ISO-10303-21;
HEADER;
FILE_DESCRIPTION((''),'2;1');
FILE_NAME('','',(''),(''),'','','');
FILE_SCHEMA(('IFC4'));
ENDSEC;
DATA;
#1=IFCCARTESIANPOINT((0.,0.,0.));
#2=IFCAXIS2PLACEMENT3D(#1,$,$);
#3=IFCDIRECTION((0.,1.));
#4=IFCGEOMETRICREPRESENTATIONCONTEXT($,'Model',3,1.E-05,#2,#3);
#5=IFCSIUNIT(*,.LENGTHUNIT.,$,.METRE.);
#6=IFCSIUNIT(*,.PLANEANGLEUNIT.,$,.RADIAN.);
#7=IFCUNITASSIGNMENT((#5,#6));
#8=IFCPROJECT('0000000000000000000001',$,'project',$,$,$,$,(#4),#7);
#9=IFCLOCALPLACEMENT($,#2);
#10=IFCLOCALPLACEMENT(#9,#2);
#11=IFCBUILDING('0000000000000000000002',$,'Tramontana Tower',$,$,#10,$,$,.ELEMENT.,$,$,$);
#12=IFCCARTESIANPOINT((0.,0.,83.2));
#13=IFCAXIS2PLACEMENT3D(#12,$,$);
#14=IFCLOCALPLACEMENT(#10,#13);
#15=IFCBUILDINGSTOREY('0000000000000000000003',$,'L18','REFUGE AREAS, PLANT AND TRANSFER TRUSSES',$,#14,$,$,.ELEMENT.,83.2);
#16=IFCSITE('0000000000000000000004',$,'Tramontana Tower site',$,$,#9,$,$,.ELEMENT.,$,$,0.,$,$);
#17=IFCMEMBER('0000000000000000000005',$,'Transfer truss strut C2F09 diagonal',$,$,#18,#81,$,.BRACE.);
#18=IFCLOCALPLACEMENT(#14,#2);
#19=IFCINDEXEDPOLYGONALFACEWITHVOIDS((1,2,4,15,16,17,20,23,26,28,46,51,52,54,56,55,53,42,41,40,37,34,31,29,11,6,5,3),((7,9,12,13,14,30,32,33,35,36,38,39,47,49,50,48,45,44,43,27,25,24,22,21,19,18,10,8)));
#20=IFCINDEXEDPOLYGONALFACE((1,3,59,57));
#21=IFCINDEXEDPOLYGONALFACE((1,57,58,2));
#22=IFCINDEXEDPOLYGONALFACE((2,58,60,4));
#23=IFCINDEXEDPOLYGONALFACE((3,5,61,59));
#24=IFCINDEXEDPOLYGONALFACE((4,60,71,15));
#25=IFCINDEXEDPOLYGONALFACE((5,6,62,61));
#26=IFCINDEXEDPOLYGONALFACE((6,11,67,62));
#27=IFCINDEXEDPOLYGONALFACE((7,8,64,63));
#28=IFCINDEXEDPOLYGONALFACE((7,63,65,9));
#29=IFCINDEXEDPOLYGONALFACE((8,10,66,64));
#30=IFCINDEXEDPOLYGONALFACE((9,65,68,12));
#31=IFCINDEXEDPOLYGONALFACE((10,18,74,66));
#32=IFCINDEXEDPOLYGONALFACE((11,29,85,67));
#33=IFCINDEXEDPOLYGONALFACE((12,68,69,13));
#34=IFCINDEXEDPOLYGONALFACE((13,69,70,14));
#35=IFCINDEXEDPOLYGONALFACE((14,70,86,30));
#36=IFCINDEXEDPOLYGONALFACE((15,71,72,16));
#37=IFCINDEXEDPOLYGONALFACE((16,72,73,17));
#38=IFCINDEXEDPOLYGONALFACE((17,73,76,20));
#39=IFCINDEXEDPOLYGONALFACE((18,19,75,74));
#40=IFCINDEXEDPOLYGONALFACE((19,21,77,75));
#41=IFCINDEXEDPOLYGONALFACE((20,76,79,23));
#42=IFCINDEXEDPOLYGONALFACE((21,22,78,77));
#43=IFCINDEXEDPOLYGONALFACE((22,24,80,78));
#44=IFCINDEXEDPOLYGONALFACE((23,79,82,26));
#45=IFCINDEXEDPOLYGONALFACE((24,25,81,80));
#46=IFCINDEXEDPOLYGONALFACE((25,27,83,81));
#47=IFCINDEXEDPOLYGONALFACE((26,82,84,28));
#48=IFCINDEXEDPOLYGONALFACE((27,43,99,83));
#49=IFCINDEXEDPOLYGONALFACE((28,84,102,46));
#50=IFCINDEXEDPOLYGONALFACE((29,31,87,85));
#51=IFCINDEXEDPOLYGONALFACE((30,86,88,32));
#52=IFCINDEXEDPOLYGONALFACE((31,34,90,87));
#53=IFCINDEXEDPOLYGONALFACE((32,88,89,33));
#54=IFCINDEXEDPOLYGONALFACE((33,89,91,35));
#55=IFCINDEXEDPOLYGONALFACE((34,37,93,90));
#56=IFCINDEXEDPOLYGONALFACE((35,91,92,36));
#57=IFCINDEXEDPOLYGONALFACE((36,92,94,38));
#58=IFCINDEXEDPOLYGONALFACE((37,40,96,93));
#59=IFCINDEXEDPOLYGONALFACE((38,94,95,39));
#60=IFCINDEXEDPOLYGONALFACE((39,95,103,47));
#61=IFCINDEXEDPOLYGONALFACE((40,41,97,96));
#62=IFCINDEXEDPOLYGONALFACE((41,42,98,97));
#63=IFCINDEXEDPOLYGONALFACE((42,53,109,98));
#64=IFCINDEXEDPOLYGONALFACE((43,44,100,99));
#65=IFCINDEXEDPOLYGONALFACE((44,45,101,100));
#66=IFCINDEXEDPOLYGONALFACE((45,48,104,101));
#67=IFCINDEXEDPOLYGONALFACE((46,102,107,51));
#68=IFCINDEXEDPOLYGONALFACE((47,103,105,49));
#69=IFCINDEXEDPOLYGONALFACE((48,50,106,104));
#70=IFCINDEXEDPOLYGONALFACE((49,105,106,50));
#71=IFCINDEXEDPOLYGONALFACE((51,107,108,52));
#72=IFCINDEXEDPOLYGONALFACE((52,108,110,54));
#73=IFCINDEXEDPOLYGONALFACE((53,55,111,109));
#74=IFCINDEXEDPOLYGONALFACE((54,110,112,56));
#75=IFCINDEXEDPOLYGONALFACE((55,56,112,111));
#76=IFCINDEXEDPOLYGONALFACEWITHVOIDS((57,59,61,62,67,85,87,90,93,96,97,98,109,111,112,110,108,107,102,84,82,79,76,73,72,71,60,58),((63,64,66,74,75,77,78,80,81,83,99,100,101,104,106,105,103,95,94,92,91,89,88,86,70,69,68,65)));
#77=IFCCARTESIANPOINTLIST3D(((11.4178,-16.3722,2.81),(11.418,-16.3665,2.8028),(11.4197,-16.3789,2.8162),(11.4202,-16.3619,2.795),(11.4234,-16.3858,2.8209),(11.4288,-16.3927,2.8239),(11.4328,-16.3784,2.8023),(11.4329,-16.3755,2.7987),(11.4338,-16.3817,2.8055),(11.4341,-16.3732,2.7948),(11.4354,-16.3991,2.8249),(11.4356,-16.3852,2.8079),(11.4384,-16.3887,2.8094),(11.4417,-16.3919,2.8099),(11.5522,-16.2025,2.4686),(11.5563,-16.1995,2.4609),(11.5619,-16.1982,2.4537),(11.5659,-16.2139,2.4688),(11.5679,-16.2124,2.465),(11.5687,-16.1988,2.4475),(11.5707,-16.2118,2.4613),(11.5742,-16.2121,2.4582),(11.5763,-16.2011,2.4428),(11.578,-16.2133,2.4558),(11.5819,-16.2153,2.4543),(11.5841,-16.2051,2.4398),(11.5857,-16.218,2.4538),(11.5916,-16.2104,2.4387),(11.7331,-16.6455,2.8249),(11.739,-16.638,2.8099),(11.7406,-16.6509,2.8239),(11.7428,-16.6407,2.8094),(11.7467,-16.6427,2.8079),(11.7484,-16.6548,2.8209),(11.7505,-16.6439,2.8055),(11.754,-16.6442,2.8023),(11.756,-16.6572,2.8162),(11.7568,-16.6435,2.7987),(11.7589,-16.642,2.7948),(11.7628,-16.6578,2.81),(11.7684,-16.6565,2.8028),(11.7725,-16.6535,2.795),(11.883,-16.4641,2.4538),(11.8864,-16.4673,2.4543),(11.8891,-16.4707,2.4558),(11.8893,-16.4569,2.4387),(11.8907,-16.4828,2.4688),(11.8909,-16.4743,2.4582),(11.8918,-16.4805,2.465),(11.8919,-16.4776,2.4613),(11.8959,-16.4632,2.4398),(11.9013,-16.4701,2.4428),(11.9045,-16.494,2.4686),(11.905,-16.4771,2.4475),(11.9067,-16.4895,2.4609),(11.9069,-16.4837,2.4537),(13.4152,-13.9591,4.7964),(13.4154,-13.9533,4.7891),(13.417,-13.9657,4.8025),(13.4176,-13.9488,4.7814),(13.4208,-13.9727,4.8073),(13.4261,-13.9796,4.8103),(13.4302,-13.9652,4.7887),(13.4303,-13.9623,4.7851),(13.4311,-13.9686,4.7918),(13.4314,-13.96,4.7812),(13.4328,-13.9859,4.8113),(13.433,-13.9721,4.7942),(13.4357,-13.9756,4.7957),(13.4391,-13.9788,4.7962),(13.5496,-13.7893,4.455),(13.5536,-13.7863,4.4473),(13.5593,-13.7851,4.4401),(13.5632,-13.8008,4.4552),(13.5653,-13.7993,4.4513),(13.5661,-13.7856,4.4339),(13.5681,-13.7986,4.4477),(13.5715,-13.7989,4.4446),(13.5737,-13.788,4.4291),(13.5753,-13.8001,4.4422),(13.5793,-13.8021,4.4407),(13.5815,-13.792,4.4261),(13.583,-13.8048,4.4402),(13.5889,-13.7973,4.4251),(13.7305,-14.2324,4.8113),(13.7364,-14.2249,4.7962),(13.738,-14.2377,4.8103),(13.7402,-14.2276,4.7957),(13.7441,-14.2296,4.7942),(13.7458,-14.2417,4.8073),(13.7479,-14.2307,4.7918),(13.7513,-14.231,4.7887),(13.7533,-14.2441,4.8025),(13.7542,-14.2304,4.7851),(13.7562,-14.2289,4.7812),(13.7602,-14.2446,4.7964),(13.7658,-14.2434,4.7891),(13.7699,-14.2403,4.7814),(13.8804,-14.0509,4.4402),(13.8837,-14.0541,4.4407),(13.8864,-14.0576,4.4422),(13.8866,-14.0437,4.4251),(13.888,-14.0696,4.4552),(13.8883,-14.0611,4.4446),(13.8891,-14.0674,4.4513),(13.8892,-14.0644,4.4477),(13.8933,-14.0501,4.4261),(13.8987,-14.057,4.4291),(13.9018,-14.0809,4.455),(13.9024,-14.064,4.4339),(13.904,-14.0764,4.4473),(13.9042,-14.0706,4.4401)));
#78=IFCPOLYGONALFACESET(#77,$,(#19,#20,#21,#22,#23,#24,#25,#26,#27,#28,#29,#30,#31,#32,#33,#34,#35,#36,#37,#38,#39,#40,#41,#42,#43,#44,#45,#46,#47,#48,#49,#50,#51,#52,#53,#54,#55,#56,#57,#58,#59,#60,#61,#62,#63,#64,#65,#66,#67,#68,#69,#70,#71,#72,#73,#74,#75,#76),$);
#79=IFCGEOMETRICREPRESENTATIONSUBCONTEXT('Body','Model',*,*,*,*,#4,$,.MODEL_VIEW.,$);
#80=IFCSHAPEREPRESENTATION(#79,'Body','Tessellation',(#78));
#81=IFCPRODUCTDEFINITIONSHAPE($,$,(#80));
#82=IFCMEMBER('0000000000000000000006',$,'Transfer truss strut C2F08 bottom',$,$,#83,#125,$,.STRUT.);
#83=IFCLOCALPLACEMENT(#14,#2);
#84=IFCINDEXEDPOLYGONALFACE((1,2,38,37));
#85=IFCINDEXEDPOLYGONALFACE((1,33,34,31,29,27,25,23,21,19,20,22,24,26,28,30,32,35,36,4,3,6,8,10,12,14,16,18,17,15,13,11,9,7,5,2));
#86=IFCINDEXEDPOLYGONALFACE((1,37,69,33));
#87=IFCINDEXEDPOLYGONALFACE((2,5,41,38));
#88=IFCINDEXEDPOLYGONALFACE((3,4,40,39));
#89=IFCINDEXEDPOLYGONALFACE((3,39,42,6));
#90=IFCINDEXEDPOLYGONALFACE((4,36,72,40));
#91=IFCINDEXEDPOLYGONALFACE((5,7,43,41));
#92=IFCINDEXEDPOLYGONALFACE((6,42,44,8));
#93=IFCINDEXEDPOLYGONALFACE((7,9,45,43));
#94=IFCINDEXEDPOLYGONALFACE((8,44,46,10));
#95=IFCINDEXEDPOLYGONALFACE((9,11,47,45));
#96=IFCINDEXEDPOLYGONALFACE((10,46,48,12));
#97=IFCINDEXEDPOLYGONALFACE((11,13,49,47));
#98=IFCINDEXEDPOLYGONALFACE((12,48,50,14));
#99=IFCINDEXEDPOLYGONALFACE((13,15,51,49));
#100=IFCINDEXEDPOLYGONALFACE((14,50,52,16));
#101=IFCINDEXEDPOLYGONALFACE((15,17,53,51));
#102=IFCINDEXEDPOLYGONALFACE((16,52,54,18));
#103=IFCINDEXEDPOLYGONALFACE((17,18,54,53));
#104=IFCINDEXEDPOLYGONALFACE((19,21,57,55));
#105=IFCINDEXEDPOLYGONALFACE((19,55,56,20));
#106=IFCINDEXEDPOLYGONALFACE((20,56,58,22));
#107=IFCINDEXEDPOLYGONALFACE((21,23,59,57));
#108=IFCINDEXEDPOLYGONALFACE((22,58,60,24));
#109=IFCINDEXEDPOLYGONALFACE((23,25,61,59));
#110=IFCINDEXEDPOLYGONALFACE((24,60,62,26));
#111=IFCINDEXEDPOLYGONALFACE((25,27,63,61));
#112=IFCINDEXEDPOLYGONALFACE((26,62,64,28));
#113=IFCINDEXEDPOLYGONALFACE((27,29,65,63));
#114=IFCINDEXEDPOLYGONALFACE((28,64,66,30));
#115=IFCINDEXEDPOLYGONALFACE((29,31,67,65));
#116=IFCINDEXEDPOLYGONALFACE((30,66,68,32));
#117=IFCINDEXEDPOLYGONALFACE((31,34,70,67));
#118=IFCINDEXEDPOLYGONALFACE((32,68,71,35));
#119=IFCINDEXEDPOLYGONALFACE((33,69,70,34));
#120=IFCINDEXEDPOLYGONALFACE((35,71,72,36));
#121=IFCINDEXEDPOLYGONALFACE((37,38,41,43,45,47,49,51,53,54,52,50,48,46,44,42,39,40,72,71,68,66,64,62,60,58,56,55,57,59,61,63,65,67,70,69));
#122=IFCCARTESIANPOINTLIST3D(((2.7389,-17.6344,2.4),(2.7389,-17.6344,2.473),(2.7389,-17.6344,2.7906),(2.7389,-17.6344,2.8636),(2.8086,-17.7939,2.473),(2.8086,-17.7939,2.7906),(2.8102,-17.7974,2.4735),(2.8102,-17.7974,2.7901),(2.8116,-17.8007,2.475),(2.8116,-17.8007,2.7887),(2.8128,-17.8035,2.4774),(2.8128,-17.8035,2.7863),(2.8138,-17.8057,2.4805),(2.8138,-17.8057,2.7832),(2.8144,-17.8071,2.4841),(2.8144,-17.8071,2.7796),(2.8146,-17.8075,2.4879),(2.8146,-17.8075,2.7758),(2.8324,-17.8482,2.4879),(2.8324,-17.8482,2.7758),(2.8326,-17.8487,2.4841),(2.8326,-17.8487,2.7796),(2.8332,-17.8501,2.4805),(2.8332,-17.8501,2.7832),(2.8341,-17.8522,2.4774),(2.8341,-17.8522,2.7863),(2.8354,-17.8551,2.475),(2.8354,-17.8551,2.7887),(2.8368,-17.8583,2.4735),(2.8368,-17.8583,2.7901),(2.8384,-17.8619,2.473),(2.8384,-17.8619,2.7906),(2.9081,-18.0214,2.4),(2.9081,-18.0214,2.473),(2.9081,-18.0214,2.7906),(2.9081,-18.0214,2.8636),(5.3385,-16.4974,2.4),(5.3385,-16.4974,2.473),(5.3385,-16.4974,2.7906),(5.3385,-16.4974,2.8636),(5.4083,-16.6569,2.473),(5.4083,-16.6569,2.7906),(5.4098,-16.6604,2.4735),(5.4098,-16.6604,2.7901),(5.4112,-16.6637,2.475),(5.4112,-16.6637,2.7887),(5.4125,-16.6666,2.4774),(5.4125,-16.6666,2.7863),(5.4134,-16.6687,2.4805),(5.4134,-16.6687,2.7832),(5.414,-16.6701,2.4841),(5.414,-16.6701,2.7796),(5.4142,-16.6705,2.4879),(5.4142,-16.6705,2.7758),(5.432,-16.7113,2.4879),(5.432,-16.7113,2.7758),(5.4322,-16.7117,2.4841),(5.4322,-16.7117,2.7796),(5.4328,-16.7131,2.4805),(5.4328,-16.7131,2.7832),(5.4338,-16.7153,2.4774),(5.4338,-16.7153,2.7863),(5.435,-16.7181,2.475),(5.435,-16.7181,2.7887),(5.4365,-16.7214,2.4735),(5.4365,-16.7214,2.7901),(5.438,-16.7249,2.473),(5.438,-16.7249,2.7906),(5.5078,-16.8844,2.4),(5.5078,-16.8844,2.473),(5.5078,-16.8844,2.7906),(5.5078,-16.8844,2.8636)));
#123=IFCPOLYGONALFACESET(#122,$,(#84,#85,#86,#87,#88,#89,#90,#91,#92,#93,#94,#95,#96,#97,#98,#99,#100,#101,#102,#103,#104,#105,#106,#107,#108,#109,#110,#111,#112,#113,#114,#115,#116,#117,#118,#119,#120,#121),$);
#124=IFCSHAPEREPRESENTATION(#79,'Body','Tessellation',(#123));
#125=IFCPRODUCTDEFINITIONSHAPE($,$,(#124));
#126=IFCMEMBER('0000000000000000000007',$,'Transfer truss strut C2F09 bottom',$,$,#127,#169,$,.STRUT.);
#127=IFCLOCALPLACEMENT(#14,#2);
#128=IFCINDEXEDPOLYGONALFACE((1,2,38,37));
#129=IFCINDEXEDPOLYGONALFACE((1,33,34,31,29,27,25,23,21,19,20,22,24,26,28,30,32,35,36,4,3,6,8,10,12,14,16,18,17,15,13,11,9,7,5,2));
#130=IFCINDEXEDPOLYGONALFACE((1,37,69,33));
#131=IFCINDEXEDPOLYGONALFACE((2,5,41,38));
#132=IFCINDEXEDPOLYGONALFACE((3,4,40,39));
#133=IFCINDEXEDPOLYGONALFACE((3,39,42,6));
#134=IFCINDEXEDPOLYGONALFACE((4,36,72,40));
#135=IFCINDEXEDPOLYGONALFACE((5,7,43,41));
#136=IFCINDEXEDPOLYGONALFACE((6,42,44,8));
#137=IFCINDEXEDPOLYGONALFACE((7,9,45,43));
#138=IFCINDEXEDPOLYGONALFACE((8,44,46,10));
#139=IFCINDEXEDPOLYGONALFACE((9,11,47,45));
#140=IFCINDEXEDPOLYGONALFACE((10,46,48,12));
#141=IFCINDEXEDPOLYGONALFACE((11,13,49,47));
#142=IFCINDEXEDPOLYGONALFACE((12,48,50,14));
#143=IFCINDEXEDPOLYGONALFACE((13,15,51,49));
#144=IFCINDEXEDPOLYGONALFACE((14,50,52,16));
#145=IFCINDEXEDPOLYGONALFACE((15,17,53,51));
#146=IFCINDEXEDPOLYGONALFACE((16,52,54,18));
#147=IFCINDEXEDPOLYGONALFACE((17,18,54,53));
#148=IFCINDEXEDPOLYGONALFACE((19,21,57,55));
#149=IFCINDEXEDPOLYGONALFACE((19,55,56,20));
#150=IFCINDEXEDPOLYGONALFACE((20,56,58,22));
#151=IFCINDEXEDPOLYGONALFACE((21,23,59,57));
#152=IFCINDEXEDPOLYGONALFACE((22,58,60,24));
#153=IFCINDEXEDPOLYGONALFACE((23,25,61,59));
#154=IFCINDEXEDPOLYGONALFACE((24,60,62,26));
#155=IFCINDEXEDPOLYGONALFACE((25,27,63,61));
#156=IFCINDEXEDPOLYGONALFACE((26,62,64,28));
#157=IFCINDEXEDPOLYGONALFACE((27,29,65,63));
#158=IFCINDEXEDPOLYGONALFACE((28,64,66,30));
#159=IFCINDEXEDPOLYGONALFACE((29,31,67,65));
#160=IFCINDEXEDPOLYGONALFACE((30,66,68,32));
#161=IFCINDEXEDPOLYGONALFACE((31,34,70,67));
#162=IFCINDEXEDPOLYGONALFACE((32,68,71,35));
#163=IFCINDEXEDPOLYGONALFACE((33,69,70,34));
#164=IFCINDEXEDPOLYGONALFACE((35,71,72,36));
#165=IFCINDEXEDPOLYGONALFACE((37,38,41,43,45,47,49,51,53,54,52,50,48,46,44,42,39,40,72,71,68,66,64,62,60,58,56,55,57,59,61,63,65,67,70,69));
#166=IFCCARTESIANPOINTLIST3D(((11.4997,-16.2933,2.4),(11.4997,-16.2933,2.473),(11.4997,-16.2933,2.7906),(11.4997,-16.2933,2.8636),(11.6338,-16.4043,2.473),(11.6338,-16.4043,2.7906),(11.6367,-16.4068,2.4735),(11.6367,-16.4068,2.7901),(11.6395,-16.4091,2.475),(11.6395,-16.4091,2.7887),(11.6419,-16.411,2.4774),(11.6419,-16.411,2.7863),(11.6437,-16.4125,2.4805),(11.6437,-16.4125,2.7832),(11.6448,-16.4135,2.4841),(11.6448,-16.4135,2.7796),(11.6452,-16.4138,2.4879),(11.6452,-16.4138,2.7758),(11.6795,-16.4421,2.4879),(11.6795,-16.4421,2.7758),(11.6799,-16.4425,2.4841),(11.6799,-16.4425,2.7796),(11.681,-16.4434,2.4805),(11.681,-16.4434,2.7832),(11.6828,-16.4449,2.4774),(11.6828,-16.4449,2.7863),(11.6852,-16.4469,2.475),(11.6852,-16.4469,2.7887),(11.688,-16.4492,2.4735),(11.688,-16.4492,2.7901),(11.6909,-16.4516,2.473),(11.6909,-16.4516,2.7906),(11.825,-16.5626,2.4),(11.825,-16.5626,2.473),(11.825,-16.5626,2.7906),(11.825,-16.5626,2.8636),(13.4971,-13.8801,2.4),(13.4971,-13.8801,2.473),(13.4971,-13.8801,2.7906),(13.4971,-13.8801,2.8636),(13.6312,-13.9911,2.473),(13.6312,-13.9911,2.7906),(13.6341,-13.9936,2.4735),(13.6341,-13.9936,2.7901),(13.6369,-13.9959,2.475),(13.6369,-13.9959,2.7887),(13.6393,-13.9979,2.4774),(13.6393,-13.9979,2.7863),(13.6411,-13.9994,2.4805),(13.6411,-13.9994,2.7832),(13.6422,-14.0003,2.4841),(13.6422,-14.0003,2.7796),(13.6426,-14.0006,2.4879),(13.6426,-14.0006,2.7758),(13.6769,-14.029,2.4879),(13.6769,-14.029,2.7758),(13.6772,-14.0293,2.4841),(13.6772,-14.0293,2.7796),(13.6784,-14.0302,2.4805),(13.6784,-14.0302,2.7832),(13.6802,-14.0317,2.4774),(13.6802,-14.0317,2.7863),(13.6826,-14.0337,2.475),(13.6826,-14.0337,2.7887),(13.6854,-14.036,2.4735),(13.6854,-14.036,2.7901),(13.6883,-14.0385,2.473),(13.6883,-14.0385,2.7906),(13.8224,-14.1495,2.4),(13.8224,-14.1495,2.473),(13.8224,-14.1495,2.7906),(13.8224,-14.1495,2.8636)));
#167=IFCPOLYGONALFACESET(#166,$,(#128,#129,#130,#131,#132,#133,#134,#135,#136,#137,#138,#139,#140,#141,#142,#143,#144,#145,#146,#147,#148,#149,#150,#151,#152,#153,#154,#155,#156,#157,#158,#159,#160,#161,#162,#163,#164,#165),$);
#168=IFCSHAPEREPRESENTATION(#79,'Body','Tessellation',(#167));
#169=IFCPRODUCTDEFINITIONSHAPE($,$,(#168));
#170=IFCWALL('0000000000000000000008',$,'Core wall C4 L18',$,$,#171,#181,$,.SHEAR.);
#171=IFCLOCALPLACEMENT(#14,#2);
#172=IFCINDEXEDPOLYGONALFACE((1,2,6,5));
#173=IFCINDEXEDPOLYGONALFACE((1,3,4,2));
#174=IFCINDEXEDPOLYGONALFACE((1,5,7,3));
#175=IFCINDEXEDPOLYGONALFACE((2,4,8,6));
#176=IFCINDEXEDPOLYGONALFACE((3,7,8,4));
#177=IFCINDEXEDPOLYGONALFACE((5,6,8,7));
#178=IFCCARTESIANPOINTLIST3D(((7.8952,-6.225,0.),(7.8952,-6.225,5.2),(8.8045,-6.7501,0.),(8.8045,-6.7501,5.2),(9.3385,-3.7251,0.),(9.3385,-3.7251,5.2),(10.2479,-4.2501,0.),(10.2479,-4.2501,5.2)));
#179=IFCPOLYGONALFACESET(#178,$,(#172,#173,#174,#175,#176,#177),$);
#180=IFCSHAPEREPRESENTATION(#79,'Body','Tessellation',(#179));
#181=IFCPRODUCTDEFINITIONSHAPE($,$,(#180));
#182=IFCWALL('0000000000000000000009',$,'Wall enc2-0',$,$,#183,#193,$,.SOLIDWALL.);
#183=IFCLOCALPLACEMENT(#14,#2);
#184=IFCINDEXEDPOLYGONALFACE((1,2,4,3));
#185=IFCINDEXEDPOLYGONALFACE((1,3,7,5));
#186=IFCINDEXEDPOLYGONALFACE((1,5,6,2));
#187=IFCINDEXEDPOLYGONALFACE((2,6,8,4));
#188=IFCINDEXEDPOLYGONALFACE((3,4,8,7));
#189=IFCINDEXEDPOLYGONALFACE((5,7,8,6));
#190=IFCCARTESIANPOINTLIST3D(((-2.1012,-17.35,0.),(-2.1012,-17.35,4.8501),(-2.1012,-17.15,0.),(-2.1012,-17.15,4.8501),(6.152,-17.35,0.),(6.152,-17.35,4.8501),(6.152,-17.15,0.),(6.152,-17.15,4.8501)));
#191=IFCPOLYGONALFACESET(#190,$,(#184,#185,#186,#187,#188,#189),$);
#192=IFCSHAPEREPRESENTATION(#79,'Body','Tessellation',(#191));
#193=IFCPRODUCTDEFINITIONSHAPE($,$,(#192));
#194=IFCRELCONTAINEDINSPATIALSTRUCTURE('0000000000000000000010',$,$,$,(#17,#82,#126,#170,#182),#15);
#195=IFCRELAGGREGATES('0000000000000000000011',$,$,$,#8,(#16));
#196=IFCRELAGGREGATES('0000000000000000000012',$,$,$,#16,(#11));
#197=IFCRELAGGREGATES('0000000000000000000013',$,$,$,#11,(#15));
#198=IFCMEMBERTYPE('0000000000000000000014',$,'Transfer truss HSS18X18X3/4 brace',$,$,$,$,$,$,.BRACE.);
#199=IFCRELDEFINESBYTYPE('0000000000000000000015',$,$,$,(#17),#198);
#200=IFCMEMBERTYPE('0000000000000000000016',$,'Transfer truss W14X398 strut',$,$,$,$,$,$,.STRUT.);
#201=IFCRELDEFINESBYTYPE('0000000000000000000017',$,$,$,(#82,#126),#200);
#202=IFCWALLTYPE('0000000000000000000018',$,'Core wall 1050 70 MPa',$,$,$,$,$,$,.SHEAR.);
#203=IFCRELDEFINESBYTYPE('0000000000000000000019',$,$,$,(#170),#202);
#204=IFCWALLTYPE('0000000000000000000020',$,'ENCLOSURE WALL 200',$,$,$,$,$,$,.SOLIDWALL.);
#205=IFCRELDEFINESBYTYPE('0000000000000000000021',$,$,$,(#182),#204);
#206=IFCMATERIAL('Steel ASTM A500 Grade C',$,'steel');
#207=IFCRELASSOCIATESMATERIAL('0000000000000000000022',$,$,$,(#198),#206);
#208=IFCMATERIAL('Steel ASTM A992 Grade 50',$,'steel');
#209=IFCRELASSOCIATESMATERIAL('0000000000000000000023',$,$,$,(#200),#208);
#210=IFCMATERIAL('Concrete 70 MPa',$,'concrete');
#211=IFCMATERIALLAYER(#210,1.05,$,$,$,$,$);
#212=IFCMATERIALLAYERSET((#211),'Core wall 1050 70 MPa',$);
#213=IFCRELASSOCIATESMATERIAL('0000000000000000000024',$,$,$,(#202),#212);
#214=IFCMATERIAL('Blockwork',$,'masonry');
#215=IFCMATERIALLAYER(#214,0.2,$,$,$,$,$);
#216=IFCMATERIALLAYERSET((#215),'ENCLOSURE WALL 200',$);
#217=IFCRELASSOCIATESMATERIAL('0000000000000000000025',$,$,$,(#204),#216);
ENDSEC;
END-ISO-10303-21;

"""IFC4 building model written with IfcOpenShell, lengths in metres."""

from ifc_helpers import new_model, si_unit, direction, frame, frame_2d, origin, origin_2d, place, context, subcontext, project, spatial, rectangle, hollow_rectangle, i_section, extrude, material, layer, layer_set, material_profile, profile_set, type_object, element, save


model = new_model("IFC4")

# Units and contexts
model_context = context("Model", 3, precision=1e-05, world=origin(), true_north=direction((0.0, 1.0)))
body_context = subcontext(model_context, "Body", "Model", "MODEL_VIEW")
ifc_project = project(units=[si_unit("LENGTHUNIT", "METRE"), si_unit("PLANEANGLEUNIT", "RADIAN")], contexts=[model_context])

# Site, building, storey
site_placement = place(None, origin())
site = spatial("IfcSite", under=ifc_project, at=site_placement, Name="Tramontana Tower site", CompositionType="ELEMENT", RefElevation=0.0)
building_placement = place(site_placement, origin())
building = spatial("IfcBuilding", under=site, at=building_placement, Name="Tramontana Tower", CompositionType="ELEMENT")
storey_placement = place(building_placement, frame((0.0, 0.0, 83.2)))
storey = spatial("IfcBuildingStorey", under=building, at=storey_placement, Name="L18", Description="REFUGE AREAS, PLANT AND TRANSFER TRUSSES", CompositionType="ELEMENT", Elevation=83.2)

# Members
ifc_material_1 = material(Name="Steel ASTM A500 Grade C", Category="steel")
ifc_material_profile_1 = material_profile(ifc_material_1, hollow_rectangle(XDim=0.4573, YDim=0.4573, WallThickness=0.0178, InnerFilletRadius=0.0178, OuterFilletRadius=0.0354, at=origin_2d()), Name="HSS18X18X3/4")
ifc_profile_set_1 = profile_set([ifc_material_profile_1], Name="Steel ASTM A500 Grade C")
member_type_1 = type_object("IfcMemberType", Name="Transfer truss HSS18X18X3/4 brace", PredefinedType="BRACE", material=ifc_profile_set_1)
member_1_placement = place(storey_placement, frame((11.6624, -16.428, 2.6318), z_axis=(0.538484, 0.650578, 0.535522), x_axis=(-0.770351, 0.63762, 0.0)))
element("IfcMember", 1, at=member_1_placement, inside=storey, type_object=member_type_1, Name="Transfer truss strut C2F09 diagonal", PredefinedType="BRACE", context=body_context, shape_type="SweptSolid", body=[
    extrude(hollow_rectangle(XDim=0.4573, YDim=0.4573, WallThickness=0.0178, InnerFilletRadius=0.0178, OuterFilletRadius=0.0354, at=origin_2d()), origin(), (0.0, 0.0, 1.0), 3.7092),
])
ifc_material_2 = material(Name="Steel ASTM A992 Grade 50", Category="steel")
ifc_material_profile_2 = material_profile(ifc_material_2, i_section(OverallWidth=0.4224, OverallDepth=0.4636, WebThickness=0.0444, FlangeThickness=0.073, FilletRadius=0.0149, at=origin_2d()), Name="W14X398")
ifc_profile_set_2 = profile_set([ifc_material_profile_2], Name="Steel ASTM A992 Grade 50")
member_type_2 = type_object("IfcMemberType", Name="Transfer truss W14X398 strut", PredefinedType="STRUT", material=ifc_profile_set_2)
member_2_placement = place(storey_placement, frame((2.8235, -17.8279, 2.6318), z_axis=(0.916205, 0.40071, 0.0), x_axis=(-0.40071, 0.916205, 0.0)))
element("IfcMember", 2, at=member_2_placement, inside=storey, type_object=member_type_2, Name="Transfer truss strut C2F08 bottom", PredefinedType="STRUT", context=body_context, shape_type="SweptSolid", body=[
    extrude(i_section(OverallWidth=0.4224, OverallDepth=0.4636, WebThickness=0.0444, FlangeThickness=0.073, FilletRadius=0.0149, at=origin_2d()), origin(), (0.0, 0.0, 1.0), 2.8374),
])
member_3_placement = place(storey_placement, frame((11.6624, -16.428, 2.6318), z_axis=(0.63762, 0.770351, 0.0), x_axis=(-0.770351, 0.63762, 0.0)))
element("IfcMember", 3, at=member_3_placement, inside=storey, type_object=member_type_2, Name="Transfer truss strut C2F09 bottom", PredefinedType="STRUT", context=body_context, shape_type="SweptSolid", body=[
    extrude(i_section(OverallWidth=0.4224, OverallDepth=0.4636, WebThickness=0.0444, FlangeThickness=0.073, FilletRadius=0.0149, at=origin_2d()), origin(), (0.0, 0.0, 1.0), 3.1326),
])

# Walls
ifc_material_3 = material(Name="Concrete 70 MPa", Category="concrete")
ifc_layer_1 = layer(ifc_material_3, 1.05)
ifc_layer_set_1 = layer_set([ifc_layer_1], Name="Core wall 1050 70 MPa")
wall_type_1 = type_object("IfcWallType", Name="Core wall 1050 70 MPa", PredefinedType="SHEAR", material=ifc_layer_set_1)
wall_1_placement = place(storey_placement, frame((8.3499, -6.4875, 0.0), z_axis=(0.0, 0.0, 1.0), x_axis=(0.499996, 0.866028, 0.0)))
element("IfcWall", 4, at=wall_1_placement, inside=storey, type_object=wall_type_1, Name="Core wall C4 L18", PredefinedType="SHEAR", context=body_context, shape_type="SweptSolid", body=[
    extrude(rectangle(XDim=2.8867, YDim=1.05, at=frame_2d((1.4434, 0.0))), origin(), (0.0, 0.0, 1.0), 5.2),
])
ifc_material_4 = material(Name="Blockwork", Category="masonry")
ifc_layer_2 = layer(ifc_material_4, 0.2)
ifc_layer_set_2 = layer_set([ifc_layer_2], Name="ENCLOSURE WALL 200")
wall_type_2 = type_object("IfcWallType", Name="ENCLOSURE WALL 200", PredefinedType="SOLIDWALL", material=ifc_layer_set_2)
wall_2_placement = place(storey_placement, frame((6.1519, -17.25, 0.0), z_axis=(0.0, 0.0, 1.0), x_axis=(-1.0, 0.0, 0.0)))
element("IfcWall", 5, at=wall_2_placement, inside=storey, type_object=wall_type_2, Name="Wall enc2-0", PredefinedType="SOLIDWALL", context=body_context, shape_type="SweptSolid", body=[
    extrude(rectangle(XDim=8.2532, YDim=0.2, at=frame_2d((4.1265, 0.0))), origin(), (0.0, 0.0, 1.0), 4.8501),
])

save(model, "model.ifc")
